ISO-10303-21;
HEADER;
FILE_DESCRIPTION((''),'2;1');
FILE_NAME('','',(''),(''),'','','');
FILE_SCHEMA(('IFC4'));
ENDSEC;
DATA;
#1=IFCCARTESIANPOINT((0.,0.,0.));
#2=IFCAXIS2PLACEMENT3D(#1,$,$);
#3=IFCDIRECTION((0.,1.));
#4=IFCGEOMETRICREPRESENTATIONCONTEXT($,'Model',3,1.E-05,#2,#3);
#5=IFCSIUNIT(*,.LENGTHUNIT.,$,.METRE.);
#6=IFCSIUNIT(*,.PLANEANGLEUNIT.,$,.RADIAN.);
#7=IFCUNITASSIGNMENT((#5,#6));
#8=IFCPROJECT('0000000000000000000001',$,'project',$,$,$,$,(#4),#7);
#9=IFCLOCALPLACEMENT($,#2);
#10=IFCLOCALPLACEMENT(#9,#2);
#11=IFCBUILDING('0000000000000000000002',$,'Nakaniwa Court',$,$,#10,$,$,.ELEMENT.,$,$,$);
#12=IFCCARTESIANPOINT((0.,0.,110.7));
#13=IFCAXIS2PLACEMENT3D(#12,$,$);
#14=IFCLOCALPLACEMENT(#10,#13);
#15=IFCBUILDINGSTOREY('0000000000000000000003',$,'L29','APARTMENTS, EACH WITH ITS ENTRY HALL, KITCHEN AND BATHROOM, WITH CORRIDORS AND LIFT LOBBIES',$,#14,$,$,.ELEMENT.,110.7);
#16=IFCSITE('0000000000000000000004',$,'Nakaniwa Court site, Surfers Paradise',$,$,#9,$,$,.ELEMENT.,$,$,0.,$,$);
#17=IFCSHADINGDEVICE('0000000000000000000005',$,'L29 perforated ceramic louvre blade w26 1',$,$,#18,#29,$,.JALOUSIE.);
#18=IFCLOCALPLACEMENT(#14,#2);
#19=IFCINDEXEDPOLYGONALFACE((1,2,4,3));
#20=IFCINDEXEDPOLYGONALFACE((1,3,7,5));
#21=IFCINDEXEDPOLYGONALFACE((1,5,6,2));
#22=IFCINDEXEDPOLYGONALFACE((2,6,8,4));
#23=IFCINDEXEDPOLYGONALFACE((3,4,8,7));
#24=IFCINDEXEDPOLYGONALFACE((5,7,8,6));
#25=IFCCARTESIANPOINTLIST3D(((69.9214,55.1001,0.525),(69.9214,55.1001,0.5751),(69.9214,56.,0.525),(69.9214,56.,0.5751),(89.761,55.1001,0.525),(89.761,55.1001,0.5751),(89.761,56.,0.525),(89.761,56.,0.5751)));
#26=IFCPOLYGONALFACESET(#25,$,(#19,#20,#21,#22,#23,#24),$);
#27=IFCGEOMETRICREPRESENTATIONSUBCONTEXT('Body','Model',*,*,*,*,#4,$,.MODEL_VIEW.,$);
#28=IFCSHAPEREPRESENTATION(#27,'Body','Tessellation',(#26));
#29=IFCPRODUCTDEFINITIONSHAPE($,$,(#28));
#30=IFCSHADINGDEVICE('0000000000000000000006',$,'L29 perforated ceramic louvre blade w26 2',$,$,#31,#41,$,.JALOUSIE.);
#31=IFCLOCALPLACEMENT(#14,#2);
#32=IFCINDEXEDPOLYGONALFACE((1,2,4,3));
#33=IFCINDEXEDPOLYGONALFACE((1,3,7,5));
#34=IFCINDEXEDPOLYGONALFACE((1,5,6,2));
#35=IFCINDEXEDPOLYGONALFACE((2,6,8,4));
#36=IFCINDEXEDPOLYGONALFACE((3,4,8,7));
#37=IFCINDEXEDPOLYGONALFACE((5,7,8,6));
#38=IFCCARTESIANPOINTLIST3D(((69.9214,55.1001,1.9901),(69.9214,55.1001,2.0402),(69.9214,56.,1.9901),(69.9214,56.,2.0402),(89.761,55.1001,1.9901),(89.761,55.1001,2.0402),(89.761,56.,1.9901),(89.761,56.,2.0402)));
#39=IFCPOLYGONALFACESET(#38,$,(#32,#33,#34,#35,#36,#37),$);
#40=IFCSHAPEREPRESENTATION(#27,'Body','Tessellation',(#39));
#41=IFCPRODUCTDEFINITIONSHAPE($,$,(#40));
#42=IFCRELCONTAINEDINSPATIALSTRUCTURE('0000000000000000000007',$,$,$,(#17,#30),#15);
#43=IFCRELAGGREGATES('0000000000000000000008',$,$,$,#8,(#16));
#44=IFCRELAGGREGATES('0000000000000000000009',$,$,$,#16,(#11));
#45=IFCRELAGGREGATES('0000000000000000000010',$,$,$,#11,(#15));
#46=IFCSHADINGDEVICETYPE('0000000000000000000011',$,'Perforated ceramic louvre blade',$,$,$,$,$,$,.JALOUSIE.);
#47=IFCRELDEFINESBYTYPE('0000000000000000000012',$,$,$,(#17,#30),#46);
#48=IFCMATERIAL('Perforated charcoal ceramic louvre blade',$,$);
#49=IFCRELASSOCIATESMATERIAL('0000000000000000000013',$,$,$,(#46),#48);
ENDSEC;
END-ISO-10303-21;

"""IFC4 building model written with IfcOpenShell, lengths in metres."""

from ifc_helpers import new_model, si_unit, direction, frame, origin, origin_2d, place, context, subcontext, project, spatial, rectangle, extrude, material, material_profile, profile_set, type_object, element, save


model = new_model("IFC4")

# Units and contexts
model_context = context("Model", 3, precision=1e-05, world=origin(), true_north=direction((0.0, 1.0)))
body_context = subcontext(model_context, "Body", "Model", "MODEL_VIEW")
ifc_project = project(units=[si_unit("LENGTHUNIT", "METRE"), si_unit("PLANEANGLEUNIT", "RADIAN")], contexts=[model_context])

# Site, building, storey
site_placement = place(None, origin())
site = spatial("IfcSite", under=ifc_project, at=site_placement, Name="Nakaniwa Court site, Surfers Paradise", CompositionType="ELEMENT", RefElevation=0.0)
building_placement = place(site_placement, origin())
building = spatial("IfcBuilding", under=site, at=building_placement, Name="Nakaniwa Court", CompositionType="ELEMENT")
storey_placement = place(building_placement, frame((0.0, 0.0, 110.7)))
storey = spatial("IfcBuildingStorey", under=building, at=storey_placement, Name="L29", Description="APARTMENTS, EACH WITH ITS ENTRY HALL, KITCHEN AND BATHROOM, WITH CORRIDORS AND LIFT LOBBIES", CompositionType="ELEMENT", Elevation=110.7)

# Shading devices
ifc_material_1 = material(Name="Perforated charcoal ceramic louvre blade")
ifc_material_profile_1 = material_profile(ifc_material_1, rectangle(XDim=0.8999, YDim=0.05, at=origin_2d()), Name="Perforated ceramic louvre blade")
ifc_profile_set_1 = profile_set([ifc_material_profile_1], Name="Perforated charcoal ceramic louvre blade")
shading_device_type = type_object("IfcShadingDeviceType", Name="Perforated ceramic louvre blade", PredefinedType="JALOUSIE", material=ifc_profile_set_1)
for number, where, z_axis, x_axis, name in (
    (1, (69.9214, 55.55, 0.55), (1.0, 0.0, 0.0), (0.0, 1.0, 0.0), "L29 perforated ceramic louvre blade w26 1"),
    (2, (69.9214, 55.55, 2.0151), (1.0, 0.0, 0.0), (0.0, 1.0, 0.0), "L29 perforated ceramic louvre blade w26 2"),
):
    element("IfcShadingDevice", number, at=place(storey_placement, frame(where, z_axis=z_axis, x_axis=x_axis)), inside=storey, type_object=shading_device_type, Name=name, PredefinedType="JALOUSIE", context=body_context, shape_type="SweptSolid", body=[
        extrude(rectangle(XDim=0.8999, YDim=0.05, at=origin_2d()), origin(), (0.0, 0.0, 1.0), 19.8396),
    ])

save(model, "model.ifc")
